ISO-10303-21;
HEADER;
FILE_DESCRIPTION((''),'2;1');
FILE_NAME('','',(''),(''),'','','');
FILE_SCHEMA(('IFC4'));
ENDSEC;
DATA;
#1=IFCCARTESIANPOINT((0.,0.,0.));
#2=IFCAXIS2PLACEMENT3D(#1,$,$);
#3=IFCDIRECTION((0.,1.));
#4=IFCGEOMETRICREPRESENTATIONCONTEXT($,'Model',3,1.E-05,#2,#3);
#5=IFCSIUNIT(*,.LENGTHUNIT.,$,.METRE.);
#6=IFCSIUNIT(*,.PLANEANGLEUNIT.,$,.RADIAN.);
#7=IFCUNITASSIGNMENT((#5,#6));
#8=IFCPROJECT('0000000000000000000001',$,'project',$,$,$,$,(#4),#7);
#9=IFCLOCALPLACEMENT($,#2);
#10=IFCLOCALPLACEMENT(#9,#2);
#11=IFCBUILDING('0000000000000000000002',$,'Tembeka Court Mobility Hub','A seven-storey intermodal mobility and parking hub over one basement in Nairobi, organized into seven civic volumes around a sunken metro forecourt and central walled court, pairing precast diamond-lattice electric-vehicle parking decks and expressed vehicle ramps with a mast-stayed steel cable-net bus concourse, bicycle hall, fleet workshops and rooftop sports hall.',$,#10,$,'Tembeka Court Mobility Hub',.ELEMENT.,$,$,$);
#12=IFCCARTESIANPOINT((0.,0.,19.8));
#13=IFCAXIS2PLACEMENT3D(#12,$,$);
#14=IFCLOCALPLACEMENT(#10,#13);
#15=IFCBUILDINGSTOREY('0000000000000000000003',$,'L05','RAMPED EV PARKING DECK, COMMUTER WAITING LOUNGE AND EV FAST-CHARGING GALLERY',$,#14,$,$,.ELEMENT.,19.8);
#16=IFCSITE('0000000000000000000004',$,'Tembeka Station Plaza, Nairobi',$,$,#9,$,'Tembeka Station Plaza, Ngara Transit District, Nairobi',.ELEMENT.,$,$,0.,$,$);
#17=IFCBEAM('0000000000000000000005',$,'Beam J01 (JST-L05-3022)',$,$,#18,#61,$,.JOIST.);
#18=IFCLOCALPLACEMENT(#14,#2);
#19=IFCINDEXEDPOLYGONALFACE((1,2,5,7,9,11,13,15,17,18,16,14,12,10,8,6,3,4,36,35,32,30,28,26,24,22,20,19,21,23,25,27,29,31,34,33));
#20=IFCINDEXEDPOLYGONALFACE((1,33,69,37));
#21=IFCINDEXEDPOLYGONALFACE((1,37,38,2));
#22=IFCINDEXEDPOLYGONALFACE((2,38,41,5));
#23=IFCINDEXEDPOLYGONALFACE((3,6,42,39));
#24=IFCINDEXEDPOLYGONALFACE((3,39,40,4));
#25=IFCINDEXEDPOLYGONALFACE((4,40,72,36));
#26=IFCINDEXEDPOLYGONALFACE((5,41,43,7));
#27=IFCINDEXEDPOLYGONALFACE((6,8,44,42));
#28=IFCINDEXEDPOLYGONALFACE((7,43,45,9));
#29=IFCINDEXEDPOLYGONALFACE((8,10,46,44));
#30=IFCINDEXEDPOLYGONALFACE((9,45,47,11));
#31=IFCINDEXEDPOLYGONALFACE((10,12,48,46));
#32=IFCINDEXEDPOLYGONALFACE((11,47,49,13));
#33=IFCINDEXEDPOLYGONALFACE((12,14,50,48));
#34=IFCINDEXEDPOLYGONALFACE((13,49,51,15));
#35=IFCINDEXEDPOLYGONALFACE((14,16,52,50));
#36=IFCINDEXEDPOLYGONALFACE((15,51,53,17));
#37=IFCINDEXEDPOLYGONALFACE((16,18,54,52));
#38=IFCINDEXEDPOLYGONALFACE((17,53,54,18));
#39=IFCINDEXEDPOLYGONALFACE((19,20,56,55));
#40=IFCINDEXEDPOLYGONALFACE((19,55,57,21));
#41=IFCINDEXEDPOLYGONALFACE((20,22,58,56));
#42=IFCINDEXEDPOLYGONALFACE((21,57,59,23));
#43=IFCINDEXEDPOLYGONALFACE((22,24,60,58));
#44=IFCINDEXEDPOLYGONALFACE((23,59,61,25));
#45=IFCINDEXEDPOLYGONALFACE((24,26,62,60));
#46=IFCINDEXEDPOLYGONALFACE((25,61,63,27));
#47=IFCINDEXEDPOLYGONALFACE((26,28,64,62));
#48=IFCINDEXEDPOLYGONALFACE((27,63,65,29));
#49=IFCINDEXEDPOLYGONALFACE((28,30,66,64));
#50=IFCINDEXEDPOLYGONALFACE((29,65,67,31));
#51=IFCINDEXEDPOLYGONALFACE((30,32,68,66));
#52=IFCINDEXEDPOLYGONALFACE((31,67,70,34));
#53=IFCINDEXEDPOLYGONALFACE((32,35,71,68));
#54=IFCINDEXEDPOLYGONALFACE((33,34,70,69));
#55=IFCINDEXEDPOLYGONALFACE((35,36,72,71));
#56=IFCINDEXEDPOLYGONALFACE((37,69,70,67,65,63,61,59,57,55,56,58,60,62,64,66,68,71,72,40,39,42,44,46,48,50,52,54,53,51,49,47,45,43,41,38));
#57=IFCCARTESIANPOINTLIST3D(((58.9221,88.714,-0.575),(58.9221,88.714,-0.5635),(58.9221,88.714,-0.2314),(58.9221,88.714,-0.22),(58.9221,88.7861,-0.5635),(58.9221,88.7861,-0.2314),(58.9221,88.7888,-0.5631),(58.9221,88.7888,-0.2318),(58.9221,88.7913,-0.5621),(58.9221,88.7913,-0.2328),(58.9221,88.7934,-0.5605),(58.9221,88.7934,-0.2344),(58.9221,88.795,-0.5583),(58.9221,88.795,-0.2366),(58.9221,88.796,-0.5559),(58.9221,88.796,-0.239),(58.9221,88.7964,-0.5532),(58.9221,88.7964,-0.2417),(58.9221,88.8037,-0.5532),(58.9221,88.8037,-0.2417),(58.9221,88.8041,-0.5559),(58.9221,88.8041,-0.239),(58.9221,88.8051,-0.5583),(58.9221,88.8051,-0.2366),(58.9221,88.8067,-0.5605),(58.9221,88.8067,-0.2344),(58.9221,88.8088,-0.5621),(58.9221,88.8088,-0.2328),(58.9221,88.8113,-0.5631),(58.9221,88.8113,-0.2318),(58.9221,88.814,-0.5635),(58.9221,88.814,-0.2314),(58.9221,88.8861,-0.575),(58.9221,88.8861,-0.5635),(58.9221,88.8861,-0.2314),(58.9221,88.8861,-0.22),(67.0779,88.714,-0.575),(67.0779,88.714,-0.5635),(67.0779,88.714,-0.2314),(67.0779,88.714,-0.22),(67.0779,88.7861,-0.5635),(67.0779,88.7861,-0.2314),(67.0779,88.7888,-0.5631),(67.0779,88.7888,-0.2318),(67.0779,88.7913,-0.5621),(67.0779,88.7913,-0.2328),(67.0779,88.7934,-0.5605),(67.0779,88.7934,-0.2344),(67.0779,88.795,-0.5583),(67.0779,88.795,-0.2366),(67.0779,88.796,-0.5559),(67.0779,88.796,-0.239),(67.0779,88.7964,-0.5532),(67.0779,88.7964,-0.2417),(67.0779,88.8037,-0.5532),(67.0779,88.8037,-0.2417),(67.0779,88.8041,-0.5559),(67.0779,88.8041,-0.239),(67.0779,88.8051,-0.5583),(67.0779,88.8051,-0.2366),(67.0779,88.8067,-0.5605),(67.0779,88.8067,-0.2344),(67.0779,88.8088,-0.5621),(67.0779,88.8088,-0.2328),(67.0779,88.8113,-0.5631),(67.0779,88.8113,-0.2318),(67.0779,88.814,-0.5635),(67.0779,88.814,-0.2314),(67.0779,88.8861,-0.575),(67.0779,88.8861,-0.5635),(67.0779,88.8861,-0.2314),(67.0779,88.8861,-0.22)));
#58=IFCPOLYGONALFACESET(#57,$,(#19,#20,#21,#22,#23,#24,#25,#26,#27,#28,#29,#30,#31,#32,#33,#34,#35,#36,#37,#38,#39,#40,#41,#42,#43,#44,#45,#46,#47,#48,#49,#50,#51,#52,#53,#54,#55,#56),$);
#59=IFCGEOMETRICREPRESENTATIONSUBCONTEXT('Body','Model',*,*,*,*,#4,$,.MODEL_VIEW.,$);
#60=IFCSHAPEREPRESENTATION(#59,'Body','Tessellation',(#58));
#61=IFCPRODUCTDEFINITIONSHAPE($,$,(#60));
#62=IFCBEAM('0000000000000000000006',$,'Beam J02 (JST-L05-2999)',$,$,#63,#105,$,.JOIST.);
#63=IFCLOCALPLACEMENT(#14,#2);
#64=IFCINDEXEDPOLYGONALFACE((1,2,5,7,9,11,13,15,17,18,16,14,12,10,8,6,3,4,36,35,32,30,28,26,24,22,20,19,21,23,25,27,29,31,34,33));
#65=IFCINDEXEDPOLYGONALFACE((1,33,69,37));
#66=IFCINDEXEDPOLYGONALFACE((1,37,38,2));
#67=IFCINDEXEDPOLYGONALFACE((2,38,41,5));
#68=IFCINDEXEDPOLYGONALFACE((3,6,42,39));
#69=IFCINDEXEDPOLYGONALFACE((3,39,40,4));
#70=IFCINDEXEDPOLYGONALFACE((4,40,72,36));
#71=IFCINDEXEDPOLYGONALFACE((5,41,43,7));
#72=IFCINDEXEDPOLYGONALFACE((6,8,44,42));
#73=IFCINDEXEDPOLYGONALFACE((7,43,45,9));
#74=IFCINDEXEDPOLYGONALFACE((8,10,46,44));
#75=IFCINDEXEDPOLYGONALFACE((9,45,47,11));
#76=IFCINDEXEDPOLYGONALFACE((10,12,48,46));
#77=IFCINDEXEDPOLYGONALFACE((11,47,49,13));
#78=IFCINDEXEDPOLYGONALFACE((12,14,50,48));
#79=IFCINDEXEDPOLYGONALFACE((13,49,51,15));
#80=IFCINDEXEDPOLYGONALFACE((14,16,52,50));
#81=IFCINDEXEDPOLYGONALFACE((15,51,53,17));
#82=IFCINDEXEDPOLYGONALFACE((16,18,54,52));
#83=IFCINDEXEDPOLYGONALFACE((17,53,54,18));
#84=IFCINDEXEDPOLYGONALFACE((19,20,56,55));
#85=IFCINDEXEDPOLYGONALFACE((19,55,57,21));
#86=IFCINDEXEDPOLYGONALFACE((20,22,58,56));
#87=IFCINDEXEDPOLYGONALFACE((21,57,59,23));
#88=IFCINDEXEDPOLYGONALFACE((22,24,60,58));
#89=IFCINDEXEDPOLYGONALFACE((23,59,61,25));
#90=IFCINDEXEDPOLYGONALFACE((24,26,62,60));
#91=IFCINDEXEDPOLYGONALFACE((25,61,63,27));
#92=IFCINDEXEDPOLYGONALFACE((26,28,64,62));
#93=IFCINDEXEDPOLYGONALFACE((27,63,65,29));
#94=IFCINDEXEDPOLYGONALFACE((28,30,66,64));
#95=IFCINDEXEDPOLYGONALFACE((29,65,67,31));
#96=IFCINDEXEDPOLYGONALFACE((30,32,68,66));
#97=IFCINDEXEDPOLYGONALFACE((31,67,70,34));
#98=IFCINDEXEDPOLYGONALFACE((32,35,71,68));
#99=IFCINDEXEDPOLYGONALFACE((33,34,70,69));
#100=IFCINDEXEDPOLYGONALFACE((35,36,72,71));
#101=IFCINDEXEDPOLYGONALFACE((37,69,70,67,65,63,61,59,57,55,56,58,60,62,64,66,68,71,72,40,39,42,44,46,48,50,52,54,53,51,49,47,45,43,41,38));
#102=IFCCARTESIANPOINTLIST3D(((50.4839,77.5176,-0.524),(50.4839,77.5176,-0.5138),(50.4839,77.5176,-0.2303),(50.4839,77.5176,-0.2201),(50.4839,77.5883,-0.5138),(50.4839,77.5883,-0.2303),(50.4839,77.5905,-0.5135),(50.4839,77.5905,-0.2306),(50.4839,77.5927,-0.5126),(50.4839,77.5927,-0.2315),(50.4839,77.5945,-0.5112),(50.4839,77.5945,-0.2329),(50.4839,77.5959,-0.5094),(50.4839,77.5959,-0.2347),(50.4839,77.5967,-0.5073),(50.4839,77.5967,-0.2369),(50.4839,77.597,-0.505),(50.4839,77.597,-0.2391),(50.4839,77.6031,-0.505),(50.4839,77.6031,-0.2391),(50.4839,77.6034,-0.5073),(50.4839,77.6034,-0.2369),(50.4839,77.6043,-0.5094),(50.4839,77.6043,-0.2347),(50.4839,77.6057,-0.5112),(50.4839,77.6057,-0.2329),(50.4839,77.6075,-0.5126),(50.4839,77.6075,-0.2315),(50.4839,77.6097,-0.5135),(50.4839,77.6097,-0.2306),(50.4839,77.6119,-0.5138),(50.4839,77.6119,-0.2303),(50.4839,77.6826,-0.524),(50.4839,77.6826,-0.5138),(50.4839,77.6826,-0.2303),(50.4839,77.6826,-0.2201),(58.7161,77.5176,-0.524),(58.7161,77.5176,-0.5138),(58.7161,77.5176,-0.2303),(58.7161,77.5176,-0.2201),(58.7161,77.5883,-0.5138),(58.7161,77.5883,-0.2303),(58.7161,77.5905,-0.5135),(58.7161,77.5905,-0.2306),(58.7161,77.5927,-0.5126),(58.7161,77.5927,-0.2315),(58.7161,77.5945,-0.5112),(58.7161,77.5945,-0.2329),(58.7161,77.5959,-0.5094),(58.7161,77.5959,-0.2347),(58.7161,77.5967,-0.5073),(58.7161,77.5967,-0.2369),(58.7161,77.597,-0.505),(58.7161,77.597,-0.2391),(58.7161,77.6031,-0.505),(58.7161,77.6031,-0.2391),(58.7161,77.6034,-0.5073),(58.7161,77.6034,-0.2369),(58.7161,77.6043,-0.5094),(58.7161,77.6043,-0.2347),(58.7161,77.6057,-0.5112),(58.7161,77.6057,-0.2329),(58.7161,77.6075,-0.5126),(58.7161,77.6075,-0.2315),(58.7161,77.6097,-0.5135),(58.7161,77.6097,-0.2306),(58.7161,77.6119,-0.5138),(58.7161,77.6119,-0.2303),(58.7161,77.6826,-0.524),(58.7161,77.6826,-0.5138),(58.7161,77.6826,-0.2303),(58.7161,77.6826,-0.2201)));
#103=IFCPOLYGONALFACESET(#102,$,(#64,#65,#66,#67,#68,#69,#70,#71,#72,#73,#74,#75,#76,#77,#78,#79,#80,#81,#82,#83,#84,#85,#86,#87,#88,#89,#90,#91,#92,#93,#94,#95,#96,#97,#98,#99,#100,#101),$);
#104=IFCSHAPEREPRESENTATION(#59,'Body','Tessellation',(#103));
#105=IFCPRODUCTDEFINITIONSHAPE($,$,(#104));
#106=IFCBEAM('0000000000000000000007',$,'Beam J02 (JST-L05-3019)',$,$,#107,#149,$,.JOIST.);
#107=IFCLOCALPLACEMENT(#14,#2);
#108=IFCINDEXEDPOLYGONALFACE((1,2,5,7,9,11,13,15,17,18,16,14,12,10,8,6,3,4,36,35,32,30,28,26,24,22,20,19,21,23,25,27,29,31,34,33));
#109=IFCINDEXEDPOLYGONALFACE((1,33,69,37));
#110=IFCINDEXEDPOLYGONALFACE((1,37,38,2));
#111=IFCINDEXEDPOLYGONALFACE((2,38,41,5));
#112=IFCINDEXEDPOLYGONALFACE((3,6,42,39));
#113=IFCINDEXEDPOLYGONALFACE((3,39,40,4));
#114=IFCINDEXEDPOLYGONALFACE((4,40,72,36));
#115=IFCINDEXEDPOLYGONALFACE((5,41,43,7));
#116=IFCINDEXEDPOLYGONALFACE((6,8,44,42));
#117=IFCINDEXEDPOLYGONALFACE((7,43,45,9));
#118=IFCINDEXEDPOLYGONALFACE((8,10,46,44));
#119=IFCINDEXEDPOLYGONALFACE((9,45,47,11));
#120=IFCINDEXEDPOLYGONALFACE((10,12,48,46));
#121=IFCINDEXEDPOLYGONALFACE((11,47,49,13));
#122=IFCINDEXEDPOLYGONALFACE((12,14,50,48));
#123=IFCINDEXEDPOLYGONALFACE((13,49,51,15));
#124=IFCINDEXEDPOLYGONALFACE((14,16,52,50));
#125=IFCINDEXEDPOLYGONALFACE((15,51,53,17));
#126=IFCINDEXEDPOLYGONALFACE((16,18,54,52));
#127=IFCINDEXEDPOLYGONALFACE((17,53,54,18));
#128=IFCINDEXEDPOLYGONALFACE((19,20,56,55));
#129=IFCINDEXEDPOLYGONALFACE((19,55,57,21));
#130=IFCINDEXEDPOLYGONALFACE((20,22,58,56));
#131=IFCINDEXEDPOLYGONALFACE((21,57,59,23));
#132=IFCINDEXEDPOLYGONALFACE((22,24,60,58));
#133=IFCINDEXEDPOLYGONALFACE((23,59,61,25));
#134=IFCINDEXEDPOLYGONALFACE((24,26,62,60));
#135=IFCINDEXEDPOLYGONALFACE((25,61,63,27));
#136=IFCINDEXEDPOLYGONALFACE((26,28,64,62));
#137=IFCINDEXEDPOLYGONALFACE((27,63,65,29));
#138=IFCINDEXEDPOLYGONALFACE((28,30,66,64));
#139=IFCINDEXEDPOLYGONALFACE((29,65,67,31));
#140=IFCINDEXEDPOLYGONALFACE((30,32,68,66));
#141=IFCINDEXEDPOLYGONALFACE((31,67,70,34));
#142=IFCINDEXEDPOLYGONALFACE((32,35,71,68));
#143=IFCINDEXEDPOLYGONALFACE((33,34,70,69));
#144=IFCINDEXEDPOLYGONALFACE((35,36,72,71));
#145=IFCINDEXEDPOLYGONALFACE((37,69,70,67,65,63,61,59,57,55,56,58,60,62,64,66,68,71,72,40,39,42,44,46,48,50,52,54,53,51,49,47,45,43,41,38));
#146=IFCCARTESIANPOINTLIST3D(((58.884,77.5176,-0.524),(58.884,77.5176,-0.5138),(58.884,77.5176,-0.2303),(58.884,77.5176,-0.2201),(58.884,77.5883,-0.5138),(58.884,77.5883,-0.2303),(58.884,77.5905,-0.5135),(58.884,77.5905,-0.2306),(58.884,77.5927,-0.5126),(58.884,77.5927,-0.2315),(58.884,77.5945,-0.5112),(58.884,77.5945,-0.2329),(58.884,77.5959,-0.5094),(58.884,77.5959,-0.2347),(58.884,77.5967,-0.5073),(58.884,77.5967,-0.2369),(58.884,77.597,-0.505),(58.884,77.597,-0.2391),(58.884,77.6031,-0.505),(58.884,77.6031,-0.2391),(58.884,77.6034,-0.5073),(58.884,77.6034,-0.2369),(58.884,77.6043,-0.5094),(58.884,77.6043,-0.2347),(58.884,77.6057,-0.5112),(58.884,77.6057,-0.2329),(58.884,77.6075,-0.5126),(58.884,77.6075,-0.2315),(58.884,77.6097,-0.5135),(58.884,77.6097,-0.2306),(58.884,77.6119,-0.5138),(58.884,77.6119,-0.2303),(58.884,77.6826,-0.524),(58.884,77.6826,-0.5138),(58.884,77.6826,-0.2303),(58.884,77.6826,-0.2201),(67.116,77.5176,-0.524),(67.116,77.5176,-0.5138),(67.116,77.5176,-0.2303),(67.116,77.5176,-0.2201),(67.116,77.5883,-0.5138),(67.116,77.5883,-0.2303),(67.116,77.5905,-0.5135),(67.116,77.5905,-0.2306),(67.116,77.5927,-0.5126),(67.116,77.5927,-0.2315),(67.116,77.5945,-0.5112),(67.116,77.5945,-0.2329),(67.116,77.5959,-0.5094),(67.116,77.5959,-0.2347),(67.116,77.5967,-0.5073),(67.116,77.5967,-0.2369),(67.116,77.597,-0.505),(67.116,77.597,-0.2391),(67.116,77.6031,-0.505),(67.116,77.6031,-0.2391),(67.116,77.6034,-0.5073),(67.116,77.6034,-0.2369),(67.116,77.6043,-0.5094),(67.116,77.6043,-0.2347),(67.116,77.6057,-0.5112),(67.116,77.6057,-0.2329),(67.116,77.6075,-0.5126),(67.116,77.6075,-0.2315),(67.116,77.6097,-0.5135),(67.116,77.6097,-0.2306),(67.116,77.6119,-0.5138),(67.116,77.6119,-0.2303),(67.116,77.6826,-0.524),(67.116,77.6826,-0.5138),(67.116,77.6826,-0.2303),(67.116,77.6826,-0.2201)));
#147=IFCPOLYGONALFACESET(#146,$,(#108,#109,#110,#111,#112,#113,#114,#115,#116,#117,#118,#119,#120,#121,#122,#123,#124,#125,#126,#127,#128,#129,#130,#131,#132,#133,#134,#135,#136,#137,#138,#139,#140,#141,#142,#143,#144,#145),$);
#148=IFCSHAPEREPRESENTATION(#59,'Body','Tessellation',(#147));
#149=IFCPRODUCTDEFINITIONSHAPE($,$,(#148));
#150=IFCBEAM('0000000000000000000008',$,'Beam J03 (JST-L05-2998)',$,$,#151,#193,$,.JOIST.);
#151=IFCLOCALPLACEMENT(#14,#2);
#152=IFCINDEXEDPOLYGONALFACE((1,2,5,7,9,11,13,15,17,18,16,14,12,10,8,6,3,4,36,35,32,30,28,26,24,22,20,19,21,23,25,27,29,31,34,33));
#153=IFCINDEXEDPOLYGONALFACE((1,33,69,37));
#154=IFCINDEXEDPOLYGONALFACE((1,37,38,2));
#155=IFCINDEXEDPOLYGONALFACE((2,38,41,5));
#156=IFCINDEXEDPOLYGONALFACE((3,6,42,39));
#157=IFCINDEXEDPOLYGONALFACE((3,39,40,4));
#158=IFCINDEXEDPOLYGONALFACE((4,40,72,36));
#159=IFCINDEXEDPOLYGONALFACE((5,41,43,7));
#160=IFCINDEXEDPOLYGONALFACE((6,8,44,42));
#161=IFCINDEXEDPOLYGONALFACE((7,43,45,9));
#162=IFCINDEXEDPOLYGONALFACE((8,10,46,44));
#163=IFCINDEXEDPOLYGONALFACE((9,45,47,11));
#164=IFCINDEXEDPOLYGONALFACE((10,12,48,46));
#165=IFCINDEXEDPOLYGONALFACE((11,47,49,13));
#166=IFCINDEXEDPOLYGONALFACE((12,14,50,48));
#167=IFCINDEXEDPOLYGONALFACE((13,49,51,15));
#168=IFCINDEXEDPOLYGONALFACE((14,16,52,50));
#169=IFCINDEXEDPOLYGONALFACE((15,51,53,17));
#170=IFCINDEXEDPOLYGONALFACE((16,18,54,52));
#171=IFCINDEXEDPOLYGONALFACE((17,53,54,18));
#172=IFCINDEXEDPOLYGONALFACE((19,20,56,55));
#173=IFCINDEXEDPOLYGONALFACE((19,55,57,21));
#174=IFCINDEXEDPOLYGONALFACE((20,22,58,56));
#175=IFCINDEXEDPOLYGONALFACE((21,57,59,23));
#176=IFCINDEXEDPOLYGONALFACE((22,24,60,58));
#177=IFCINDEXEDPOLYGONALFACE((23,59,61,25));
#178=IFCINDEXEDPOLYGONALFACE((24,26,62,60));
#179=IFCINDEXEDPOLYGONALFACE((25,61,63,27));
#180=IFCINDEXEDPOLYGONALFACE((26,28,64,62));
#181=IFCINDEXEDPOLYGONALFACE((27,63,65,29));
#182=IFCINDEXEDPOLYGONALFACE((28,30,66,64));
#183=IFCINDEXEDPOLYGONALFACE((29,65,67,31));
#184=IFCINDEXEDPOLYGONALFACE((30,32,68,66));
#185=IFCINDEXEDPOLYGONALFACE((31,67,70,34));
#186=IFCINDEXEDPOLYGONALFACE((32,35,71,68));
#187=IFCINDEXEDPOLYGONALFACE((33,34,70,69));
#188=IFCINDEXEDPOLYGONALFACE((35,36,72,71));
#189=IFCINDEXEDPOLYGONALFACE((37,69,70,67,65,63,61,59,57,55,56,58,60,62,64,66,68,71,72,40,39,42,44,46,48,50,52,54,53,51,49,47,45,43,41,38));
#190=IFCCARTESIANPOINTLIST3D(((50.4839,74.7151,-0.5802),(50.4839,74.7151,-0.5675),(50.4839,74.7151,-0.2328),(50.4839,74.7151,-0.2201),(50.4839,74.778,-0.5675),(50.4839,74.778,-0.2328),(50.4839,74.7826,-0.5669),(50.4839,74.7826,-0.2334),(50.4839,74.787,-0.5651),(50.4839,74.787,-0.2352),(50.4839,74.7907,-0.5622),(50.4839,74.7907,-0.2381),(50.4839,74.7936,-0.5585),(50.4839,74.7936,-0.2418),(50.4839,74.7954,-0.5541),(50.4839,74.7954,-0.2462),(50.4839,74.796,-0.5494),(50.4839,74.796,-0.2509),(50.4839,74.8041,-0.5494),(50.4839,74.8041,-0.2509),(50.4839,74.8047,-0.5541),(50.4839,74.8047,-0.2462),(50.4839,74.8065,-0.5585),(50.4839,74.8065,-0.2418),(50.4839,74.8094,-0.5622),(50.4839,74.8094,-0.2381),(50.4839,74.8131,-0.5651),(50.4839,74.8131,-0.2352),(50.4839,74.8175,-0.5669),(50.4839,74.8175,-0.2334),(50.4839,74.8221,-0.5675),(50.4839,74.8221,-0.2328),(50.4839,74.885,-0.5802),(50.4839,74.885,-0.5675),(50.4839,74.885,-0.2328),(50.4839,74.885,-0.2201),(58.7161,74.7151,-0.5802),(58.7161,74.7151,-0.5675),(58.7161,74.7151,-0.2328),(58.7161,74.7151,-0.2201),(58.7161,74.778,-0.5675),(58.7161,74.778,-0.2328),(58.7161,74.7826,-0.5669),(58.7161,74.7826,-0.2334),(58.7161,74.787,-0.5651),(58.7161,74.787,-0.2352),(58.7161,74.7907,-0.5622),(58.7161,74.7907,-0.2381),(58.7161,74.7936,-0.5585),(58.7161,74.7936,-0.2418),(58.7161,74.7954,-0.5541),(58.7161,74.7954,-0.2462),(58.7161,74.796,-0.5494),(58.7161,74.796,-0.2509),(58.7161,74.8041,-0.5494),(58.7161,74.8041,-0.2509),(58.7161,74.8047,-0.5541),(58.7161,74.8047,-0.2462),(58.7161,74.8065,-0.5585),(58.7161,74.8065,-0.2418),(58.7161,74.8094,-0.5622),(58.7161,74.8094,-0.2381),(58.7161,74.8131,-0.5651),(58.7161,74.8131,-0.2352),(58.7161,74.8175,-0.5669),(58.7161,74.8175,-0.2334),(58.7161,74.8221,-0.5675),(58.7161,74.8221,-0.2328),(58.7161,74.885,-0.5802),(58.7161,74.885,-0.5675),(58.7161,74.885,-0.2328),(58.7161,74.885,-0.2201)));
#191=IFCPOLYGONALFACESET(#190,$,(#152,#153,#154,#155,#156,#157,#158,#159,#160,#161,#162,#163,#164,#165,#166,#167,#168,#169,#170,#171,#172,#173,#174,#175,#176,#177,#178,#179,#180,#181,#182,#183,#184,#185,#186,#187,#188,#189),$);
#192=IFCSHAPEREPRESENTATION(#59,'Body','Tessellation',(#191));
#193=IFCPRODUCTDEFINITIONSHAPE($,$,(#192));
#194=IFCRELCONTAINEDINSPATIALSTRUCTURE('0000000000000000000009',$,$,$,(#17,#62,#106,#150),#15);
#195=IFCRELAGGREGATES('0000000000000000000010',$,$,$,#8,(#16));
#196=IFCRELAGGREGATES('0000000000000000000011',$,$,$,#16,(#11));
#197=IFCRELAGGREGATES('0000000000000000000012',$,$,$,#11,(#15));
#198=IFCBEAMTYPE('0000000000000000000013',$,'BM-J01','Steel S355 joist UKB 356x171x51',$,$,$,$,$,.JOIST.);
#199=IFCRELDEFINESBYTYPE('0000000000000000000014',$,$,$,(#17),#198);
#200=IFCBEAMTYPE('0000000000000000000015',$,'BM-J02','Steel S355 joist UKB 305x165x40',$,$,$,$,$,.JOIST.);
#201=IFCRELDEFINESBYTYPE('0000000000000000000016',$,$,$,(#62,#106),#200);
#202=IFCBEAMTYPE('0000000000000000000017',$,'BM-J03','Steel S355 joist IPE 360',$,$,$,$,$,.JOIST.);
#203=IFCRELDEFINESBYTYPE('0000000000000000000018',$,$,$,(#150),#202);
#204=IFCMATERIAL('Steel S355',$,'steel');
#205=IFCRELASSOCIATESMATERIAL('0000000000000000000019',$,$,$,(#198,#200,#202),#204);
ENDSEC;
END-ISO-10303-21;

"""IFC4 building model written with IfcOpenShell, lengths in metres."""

from ifc_helpers import new_model, si_unit, direction, frame, origin, origin_2d, place, context, subcontext, project, spatial, i_section, extrude, material, material_profile, profile_set, type_object, element, save


model = new_model("IFC4")

# Units and contexts
model_context = context("Model", 3, precision=1e-05, world=origin(), true_north=direction((0.0, 1.0)))
body_context = subcontext(model_context, "Body", "Model", "MODEL_VIEW")
ifc_project = project(units=[si_unit("LENGTHUNIT", "METRE"), si_unit("PLANEANGLEUNIT", "RADIAN")], contexts=[model_context])

# Site, building, storey
site_placement = place(None, origin())
site = spatial("IfcSite", under=ifc_project, at=site_placement, Name="Tembeka Station Plaza, Nairobi", LongName="Tembeka Station Plaza, Ngara Transit District, Nairobi", CompositionType="ELEMENT", RefElevation=0.0)
building_placement = place(site_placement, origin())
building = spatial("IfcBuilding", under=site, at=building_placement, Name="Tembeka Court Mobility Hub", Description="A seven-storey intermodal mobility and parking hub over one basement in Nairobi, organized into seven civic volumes around a sunken metro forecourt and central walled court, pairing precast diamond-lattice electric-vehicle parking decks and expressed vehicle ramps with a mast-stayed steel cable-net bus concourse, bicycle hall, fleet workshops and rooftop sports hall.", LongName="Tembeka Court Mobility Hub", CompositionType="ELEMENT")
storey_placement = place(building_placement, frame((0.0, 0.0, 19.8)))
storey = spatial("IfcBuildingStorey", under=building, at=storey_placement, Name="L05", Description="RAMPED EV PARKING DECK, COMMUTER WAITING LOUNGE AND EV FAST-CHARGING GALLERY", CompositionType="ELEMENT", Elevation=19.8)

# Shared definitions
ifc_material = material(Name="Steel S355", Category="steel")

# Beams
ifc_material_profile_1 = material_profile(ifc_material, i_section(OverallWidth=0.1721, OverallDepth=0.355, WebThickness=0.0073, FlangeThickness=0.0115, FilletRadius=0.0103, at=origin_2d()), Name="UKB 356x171x51")
ifc_profile_set_1 = profile_set([ifc_material_profile_1], Name="Steel S355")
beam_type_1 = type_object("IfcBeamType", Name="BM-J01", Description="Steel S355 joist UKB 356x171x51", PredefinedType="JOIST", material=ifc_profile_set_1)
for number, where, z_axis, x_axis, name in (
    (1, (58.9221, 88.8, -0.3975), (1.0, 0.0, 0.0), (0.0, 1.0, 0.0), "Beam J01 (JST-L05-3022)"),
):
    element("IfcBeam", number, at=place(storey_placement, frame(where, z_axis=z_axis, x_axis=x_axis)), inside=storey, type_object=beam_type_1, Name=name, PredefinedType="JOIST", context=body_context, shape_type="SweptSolid", body=[
        extrude(i_section(OverallWidth=0.1721, OverallDepth=0.355, WebThickness=0.0073, FlangeThickness=0.0115, FilletRadius=0.0103, at=origin_2d()), origin(), (0.0, 0.0, 1.0), 8.1558),
    ])
ifc_material_profile_2 = material_profile(ifc_material, i_section(OverallWidth=0.165, OverallDepth=0.304, WebThickness=0.0061, FlangeThickness=0.0103, FilletRadius=0.0088, at=origin_2d()), Name="UKB 305x165x40")
ifc_profile_set_2 = profile_set([ifc_material_profile_2], Name="Steel S355")
beam_type_2 = type_object("IfcBeamType", Name="BM-J02", Description="Steel S355 joist UKB 305x165x40", PredefinedType="JOIST", material=ifc_profile_set_2)
beam_1_placement = place(storey_placement, frame((50.4839, 77.6001, -0.3721), z_axis=(1.0, 0.0, 0.0), x_axis=(0.0, 1.0, 0.0)))
element("IfcBeam", 2, at=beam_1_placement, inside=storey, type_object=beam_type_2, Name="Beam J02 (JST-L05-2999)", PredefinedType="JOIST", context=body_context, shape_type="SweptSolid", body=[
    extrude(i_section(OverallWidth=0.165, OverallDepth=0.304, WebThickness=0.0061, FlangeThickness=0.0103, FilletRadius=0.0088, at=origin_2d()), origin(), (0.0, 0.0, 1.0), 8.2322),
])
beam_2_placement = place(storey_placement, frame((58.884, 77.6001, -0.3721), z_axis=(1.0, 0.0, 0.0), x_axis=(0.0, 1.0, 0.0)))
element("IfcBeam", 3, at=beam_2_placement, inside=storey, type_object=beam_type_2, Name="Beam J02 (JST-L05-3019)", PredefinedType="JOIST", context=body_context, shape_type="SweptSolid", body=[
    extrude(i_section(OverallWidth=0.165, OverallDepth=0.304, WebThickness=0.0061, FlangeThickness=0.0103, FilletRadius=0.0088, at=origin_2d()), origin(), (0.0, 0.0, 1.0), 8.2319),
])
ifc_material_profile_3 = material_profile(ifc_material, i_section(OverallWidth=0.1699, OverallDepth=0.3601, WebThickness=0.0081, FlangeThickness=0.0127, FilletRadius=0.0181, at=origin_2d()), Name="IPE 360")
ifc_profile_set_3 = profile_set([ifc_material_profile_3], Name="Steel S355")
beam_type_3 = type_object("IfcBeamType", Name="BM-J03", Description="Steel S355 joist IPE 360", PredefinedType="JOIST", material=ifc_profile_set_3)
beam_3_placement = place(storey_placement, frame((50.4839, 74.8, -0.4001), z_axis=(1.0, 0.0, 0.0), x_axis=(0.0, 1.0, 0.0)))
element("IfcBeam", 4, at=beam_3_placement, inside=storey, type_object=beam_type_3, Name="Beam J03 (JST-L05-2998)", PredefinedType="JOIST", context=body_context, shape_type="SweptSolid", body=[
    extrude(i_section(OverallWidth=0.1699, OverallDepth=0.3601, WebThickness=0.0081, FlangeThickness=0.0127, FilletRadius=0.0181, at=origin_2d()), origin(), (0.0, 0.0, 1.0), 8.2322),
])

save(model, "model.ifc")
